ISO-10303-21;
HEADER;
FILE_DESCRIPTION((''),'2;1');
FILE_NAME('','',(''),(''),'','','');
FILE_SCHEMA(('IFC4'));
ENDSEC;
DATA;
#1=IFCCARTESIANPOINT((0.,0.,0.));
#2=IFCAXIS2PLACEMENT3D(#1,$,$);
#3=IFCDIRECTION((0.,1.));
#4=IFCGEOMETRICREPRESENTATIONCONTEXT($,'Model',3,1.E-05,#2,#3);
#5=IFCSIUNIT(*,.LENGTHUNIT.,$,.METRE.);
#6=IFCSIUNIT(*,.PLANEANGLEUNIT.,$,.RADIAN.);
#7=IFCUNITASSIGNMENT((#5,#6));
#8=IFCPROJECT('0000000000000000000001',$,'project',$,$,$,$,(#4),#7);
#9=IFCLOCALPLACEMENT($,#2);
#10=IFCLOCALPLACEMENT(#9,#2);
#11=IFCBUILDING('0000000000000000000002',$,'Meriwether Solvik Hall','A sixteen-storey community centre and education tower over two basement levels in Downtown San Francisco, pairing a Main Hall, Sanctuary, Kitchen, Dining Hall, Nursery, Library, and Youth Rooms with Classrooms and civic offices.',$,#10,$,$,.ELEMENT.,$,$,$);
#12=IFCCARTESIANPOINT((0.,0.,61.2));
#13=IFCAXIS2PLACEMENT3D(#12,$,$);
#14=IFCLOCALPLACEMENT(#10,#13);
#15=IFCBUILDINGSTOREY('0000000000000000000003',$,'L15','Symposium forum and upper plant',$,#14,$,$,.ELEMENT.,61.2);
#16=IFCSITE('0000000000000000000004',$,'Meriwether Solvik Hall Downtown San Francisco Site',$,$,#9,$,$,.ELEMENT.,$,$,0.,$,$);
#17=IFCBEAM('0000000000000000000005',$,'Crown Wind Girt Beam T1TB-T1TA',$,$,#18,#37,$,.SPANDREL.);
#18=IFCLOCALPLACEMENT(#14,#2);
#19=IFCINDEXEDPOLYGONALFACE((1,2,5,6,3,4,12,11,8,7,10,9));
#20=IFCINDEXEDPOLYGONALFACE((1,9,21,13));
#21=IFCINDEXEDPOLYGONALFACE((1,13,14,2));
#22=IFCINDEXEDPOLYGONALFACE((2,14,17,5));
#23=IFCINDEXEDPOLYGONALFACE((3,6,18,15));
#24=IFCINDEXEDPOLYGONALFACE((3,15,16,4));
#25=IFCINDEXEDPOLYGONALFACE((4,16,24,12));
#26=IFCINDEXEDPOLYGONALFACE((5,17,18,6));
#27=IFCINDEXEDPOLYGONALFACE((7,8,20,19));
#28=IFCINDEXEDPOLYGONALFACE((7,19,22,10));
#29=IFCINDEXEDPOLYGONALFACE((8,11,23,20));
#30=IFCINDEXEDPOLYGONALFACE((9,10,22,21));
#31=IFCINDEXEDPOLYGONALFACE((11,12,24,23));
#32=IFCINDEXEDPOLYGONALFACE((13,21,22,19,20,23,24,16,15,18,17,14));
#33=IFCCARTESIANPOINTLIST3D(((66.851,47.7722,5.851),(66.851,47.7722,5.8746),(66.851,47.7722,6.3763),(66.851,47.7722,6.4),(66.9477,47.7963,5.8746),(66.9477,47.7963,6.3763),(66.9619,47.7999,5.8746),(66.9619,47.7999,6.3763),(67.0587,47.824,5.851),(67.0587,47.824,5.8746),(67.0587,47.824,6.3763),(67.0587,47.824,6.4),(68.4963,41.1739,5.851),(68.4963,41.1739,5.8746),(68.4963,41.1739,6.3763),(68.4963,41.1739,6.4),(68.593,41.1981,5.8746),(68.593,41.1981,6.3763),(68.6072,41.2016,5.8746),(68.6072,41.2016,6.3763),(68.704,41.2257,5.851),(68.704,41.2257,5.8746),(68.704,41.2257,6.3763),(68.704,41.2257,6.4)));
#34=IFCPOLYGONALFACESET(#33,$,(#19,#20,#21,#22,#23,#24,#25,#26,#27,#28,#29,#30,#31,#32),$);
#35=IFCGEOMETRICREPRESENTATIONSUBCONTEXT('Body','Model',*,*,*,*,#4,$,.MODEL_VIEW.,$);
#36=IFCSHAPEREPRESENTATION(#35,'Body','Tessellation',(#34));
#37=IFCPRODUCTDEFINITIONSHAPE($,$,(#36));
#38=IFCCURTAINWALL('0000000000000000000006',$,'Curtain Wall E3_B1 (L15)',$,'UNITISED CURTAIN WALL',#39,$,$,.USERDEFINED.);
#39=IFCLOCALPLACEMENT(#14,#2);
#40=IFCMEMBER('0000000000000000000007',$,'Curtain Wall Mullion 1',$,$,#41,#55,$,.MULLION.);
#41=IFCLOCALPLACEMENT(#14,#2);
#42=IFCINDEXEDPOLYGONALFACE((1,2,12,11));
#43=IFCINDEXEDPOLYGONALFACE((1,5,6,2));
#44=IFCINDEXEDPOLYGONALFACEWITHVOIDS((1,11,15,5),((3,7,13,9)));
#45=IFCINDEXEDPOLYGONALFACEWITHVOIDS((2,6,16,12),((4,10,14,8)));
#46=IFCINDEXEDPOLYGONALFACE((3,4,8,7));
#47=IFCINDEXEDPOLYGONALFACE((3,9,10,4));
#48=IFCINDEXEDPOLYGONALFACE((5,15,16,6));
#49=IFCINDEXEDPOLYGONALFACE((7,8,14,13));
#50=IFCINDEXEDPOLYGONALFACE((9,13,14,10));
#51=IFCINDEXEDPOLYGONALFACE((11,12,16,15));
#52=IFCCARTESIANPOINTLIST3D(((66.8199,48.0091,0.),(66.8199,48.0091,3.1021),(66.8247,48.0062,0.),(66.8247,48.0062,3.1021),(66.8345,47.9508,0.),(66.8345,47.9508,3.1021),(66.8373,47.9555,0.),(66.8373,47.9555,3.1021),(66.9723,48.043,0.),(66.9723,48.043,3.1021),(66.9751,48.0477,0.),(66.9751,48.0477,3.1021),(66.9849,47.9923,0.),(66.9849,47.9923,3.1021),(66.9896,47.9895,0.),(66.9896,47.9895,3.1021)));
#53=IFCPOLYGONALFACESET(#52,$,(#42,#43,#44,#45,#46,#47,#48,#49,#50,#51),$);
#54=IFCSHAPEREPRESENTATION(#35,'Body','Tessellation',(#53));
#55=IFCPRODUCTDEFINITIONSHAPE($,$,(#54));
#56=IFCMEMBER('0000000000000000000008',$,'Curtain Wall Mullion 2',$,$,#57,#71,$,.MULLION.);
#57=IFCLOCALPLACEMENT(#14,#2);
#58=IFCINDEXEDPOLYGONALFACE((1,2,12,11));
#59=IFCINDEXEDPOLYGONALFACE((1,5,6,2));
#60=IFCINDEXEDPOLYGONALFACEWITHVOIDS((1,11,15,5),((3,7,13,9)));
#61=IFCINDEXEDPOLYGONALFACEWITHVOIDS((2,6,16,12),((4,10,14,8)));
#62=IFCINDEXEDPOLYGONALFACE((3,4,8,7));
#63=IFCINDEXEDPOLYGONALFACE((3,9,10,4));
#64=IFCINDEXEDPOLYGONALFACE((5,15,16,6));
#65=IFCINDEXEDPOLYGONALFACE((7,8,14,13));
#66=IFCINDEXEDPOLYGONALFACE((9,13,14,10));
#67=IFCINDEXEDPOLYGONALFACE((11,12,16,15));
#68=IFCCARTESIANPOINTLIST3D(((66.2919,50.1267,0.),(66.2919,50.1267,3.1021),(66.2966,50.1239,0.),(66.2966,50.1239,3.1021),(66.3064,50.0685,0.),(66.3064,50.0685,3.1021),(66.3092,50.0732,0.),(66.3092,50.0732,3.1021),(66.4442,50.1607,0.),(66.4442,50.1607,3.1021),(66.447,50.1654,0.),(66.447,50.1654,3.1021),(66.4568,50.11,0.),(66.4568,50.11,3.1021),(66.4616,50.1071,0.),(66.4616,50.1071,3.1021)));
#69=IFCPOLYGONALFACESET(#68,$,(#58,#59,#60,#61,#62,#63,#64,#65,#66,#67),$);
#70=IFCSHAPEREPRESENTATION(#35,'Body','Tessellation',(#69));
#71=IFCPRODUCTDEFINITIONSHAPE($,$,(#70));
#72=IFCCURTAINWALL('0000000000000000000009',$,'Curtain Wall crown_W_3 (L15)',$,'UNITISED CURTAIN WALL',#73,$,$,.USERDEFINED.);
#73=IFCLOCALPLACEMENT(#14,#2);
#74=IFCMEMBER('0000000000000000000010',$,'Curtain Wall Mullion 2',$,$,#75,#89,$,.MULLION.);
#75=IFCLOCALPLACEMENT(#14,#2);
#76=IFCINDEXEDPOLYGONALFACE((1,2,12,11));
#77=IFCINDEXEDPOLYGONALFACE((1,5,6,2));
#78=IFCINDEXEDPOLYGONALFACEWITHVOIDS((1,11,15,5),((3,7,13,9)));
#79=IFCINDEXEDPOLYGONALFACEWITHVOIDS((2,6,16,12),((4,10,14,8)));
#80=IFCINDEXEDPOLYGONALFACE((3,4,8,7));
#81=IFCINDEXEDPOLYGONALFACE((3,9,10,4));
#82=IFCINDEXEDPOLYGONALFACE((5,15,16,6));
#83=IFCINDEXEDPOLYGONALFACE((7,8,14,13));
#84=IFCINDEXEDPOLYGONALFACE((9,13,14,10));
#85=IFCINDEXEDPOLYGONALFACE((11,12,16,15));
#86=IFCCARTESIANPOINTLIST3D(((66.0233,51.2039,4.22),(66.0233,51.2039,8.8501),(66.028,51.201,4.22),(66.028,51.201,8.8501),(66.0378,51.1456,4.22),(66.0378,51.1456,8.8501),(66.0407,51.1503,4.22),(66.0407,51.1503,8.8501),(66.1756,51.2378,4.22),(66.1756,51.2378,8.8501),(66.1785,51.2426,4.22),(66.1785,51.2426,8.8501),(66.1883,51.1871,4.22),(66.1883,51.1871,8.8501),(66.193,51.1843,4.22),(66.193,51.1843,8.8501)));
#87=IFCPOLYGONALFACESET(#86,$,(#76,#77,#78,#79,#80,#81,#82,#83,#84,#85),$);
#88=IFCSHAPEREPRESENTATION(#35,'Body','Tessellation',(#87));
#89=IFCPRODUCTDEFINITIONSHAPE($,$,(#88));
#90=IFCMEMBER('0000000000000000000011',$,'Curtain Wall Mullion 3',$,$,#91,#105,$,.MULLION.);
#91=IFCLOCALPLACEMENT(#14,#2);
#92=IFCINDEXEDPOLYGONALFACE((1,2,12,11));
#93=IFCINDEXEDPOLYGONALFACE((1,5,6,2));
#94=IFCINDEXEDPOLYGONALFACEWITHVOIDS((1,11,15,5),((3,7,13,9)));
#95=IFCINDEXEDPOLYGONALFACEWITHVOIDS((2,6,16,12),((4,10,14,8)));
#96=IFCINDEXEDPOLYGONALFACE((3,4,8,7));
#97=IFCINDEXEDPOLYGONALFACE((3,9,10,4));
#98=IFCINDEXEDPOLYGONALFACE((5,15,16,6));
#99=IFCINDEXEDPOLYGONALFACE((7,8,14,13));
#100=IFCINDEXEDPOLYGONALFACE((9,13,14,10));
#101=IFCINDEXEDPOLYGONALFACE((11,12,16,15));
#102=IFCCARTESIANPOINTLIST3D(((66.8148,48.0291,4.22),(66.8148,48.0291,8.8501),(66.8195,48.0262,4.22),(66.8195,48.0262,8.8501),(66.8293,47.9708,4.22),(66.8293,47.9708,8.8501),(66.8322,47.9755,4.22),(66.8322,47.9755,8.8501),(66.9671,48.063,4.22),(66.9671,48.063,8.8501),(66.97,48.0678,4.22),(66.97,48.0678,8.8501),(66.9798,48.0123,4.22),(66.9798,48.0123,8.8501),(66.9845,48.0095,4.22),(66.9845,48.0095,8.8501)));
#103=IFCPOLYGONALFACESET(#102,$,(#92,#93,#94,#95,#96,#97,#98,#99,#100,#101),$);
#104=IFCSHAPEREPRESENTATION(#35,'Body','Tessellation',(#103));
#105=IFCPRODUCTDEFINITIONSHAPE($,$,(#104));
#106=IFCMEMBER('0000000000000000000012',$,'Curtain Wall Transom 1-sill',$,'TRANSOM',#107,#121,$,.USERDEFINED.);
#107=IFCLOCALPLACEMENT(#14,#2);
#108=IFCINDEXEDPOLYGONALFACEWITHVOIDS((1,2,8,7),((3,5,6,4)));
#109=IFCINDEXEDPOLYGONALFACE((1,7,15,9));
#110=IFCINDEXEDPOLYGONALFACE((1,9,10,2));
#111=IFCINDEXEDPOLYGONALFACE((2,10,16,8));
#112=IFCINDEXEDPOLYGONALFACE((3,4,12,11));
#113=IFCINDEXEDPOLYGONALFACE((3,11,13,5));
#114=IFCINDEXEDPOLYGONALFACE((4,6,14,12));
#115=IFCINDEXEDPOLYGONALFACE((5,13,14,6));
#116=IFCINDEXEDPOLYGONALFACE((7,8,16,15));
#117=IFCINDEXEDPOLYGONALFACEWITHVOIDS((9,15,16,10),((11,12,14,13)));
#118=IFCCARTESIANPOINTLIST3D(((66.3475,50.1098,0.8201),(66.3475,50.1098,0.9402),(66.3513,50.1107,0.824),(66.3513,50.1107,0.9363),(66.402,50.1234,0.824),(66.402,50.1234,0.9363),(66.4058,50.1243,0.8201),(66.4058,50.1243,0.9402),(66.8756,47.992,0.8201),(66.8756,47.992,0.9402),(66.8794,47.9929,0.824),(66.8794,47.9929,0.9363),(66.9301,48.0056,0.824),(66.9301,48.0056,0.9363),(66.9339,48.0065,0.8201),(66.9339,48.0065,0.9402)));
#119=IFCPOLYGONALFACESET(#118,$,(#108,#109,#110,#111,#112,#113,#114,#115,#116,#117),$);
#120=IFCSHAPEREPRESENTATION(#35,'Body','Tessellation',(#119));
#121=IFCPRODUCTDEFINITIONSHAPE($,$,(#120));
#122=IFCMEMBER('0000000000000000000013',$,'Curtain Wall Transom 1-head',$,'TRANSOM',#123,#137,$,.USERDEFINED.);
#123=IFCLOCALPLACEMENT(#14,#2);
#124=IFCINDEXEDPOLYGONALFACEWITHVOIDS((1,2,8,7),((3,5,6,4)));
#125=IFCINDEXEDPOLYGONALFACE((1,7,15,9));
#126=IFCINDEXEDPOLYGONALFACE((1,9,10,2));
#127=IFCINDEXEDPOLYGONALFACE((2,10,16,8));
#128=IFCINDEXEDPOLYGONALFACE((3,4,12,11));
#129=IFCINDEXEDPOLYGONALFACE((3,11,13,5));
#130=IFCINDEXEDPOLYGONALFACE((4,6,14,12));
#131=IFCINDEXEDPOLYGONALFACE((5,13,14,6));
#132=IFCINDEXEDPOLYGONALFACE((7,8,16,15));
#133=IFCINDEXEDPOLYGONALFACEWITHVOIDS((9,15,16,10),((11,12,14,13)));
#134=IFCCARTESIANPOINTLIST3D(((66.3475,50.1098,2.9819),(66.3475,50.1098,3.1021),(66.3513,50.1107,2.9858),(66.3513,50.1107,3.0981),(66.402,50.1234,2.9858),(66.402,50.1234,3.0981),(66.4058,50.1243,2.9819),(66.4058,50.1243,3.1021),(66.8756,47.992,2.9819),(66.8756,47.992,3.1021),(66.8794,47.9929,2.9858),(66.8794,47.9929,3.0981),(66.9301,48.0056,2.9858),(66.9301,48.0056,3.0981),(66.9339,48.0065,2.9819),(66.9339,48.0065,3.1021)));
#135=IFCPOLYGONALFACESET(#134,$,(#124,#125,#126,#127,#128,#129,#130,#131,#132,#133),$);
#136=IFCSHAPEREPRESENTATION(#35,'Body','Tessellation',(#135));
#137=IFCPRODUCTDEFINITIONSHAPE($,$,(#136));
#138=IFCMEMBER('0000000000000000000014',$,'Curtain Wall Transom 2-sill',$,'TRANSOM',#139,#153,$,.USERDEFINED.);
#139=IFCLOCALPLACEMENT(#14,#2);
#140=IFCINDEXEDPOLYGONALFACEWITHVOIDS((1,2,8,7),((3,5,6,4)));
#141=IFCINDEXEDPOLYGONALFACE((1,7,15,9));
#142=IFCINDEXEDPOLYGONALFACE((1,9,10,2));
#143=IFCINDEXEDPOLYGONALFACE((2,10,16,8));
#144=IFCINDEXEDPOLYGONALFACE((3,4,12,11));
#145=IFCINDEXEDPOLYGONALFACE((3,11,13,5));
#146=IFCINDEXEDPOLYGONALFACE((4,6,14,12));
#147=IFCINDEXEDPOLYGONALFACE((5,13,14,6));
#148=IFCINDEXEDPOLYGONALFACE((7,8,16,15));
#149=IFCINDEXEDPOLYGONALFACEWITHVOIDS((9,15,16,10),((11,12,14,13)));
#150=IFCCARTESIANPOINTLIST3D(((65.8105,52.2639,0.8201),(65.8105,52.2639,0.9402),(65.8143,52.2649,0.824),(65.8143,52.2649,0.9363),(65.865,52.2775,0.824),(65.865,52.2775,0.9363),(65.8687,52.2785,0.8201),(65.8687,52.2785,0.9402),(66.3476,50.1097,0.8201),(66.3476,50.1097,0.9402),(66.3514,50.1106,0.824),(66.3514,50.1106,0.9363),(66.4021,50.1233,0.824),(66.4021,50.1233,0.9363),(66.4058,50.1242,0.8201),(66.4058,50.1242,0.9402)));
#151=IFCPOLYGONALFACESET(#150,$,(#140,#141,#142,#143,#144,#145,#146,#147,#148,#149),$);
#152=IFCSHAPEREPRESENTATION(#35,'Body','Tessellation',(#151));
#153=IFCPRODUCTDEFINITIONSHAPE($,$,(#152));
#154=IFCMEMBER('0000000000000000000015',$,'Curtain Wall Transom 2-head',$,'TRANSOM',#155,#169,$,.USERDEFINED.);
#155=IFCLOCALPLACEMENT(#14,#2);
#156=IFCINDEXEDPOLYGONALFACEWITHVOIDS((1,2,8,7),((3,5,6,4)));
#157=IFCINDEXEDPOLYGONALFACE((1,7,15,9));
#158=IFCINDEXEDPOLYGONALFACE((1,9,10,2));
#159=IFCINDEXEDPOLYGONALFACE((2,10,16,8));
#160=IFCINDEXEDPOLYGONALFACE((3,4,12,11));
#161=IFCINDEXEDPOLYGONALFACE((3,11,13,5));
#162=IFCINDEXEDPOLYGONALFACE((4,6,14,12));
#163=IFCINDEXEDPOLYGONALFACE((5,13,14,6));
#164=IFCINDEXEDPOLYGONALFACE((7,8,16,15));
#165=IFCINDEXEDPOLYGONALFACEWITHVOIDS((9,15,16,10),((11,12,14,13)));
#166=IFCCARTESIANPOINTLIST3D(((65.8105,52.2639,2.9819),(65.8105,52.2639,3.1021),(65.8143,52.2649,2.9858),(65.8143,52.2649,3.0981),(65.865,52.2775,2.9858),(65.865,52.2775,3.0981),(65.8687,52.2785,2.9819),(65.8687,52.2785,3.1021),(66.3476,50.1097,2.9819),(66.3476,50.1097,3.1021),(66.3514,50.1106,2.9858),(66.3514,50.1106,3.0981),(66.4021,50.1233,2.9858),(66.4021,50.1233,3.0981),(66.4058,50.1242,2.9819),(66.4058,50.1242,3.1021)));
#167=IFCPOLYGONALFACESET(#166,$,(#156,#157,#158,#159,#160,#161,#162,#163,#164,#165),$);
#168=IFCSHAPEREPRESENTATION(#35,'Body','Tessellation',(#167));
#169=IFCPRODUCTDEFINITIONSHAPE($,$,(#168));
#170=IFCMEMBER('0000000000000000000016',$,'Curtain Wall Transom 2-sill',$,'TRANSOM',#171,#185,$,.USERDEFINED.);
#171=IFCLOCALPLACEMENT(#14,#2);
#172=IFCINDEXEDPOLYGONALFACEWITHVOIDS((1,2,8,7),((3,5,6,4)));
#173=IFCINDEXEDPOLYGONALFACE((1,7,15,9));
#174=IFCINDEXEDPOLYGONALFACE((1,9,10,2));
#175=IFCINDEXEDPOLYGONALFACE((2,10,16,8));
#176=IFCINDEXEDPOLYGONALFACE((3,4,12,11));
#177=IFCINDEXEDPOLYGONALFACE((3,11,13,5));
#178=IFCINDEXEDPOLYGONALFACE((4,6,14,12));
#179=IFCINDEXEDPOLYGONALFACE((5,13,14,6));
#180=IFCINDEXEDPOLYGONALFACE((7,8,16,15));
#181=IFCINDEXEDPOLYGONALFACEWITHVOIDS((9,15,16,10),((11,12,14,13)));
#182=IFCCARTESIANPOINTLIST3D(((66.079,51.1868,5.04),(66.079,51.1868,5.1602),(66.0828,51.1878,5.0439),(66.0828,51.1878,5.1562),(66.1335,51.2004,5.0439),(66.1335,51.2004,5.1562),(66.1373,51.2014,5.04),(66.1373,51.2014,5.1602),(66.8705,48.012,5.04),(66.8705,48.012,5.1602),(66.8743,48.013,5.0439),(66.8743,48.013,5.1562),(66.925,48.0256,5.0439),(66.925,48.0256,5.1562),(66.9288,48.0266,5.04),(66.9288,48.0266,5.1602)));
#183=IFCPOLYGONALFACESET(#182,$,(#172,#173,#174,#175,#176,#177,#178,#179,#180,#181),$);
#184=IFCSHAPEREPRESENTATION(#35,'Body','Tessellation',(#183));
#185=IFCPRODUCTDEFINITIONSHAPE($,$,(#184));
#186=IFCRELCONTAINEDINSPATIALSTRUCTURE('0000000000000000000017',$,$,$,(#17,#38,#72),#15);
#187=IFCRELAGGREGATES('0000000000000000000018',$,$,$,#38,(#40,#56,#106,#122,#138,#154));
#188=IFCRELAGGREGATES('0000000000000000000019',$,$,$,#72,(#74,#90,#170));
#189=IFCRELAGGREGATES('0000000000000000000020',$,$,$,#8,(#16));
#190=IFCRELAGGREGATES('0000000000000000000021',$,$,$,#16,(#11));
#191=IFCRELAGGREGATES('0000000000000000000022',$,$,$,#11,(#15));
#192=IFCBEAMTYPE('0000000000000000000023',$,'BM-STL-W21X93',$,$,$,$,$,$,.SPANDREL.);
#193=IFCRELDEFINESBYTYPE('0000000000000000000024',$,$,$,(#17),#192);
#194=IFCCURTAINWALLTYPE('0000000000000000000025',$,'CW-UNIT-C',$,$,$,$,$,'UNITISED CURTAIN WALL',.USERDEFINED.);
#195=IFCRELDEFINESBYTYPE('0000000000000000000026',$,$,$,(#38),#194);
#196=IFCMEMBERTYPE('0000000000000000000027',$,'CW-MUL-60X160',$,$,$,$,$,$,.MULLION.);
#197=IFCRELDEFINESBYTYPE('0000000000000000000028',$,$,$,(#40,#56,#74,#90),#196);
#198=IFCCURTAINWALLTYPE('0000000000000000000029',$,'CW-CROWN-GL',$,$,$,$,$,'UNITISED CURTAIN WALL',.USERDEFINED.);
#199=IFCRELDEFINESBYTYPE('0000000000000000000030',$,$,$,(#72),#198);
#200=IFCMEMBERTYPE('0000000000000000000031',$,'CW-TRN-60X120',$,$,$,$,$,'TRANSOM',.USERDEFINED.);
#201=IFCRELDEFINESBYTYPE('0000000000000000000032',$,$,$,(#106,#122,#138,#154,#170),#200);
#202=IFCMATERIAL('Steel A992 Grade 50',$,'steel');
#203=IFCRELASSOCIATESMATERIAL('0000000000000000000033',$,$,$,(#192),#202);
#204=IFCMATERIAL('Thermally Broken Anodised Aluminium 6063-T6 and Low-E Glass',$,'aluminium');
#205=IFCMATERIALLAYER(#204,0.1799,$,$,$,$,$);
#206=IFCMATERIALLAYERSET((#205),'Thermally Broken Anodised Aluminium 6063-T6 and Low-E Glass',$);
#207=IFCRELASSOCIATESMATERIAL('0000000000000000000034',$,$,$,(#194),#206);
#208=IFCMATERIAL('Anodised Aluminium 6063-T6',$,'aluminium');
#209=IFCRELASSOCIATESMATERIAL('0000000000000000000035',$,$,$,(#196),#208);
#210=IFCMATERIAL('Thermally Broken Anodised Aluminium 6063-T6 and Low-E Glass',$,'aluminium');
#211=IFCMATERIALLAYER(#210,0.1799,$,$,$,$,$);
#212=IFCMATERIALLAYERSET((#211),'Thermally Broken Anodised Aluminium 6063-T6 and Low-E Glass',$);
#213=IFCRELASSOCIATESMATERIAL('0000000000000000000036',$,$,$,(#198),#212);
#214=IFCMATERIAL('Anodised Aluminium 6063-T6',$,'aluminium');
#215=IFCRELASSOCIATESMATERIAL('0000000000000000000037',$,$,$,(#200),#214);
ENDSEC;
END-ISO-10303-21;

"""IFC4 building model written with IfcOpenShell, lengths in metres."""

from ifc_helpers import new_model, si_unit, direction, frame, origin, origin_2d, place, context, subcontext, project, spatial, hollow_rectangle, i_section, extrude, material, layer, layer_set, material_profile, profile_set, type_object, element, aggregate, save


model = new_model("IFC4")

# Units and contexts
model_context = context("Model", 3, precision=1e-05, world=origin(), true_north=direction((0.0, 1.0)))
body_context = subcontext(model_context, "Body", "Model", "MODEL_VIEW")
ifc_project = project(units=[si_unit("LENGTHUNIT", "METRE"), si_unit("PLANEANGLEUNIT", "RADIAN")], contexts=[model_context])

# Site, building, storey
site_placement = place(None, origin())
site = spatial("IfcSite", under=ifc_project, at=site_placement, Name="Meriwether Solvik Hall Downtown San Francisco Site", CompositionType="ELEMENT", RefElevation=0.0)
building_placement = place(site_placement, origin())
building = spatial("IfcBuilding", under=site, at=building_placement, Name="Meriwether Solvik Hall", Description="A sixteen-storey community centre and education tower over two basement levels in Downtown San Francisco, pairing a Main Hall, Sanctuary, Kitchen, Dining Hall, Nursery, Library, and Youth Rooms with Classrooms and civic offices.", CompositionType="ELEMENT")
storey_placement = place(building_placement, frame((0.0, 0.0, 61.2)))
storey = spatial("IfcBuildingStorey", under=building, at=storey_placement, Name="L15", Description="Symposium forum and upper plant", CompositionType="ELEMENT", Elevation=61.2)

# Beam
ifc_material_1 = material(Name="Steel A992 Grade 50", Category="steel")
ifc_material_profile_1 = material_profile(ifc_material_1, i_section(OverallWidth=0.2141, OverallDepth=0.5491, WebThickness=0.0146, FlangeThickness=0.0237, at=origin_2d()), Name="W21X93")
ifc_profile_set_1 = profile_set([ifc_material_profile_1], Name="Steel A992 Grade 50")
beam_type_1 = type_object("IfcBeamType", Name="BM-STL-W21X93", PredefinedType="SPANDREL", material=ifc_profile_set_1)
beam_1_placement = place(storey_placement, frame((66.9548, 47.7981, 6.1255), z_axis=(0.241944, -0.97029, 0.0), x_axis=(0.97029, 0.241944, 0.0)))
element("IfcBeam", 1, at=beam_1_placement, inside=storey, type_object=beam_type_1, Name="Crown Wind Girt Beam T1TB-T1TA", PredefinedType="SPANDREL", context=body_context, shape_type="SweptSolid", body=[
    extrude(i_section(OverallWidth=0.2141, OverallDepth=0.5491, WebThickness=0.0146, FlangeThickness=0.0237, at=origin_2d()), origin(), (0.0, 0.0, 1.0), 6.8003),
])

# Curtain walls, members
ifc_material_2 = material(Name="Thermally Broken Anodised Aluminium 6063-T6 and Low-E Glass", Category="aluminium")
ifc_layer_1 = layer(ifc_material_2, 0.1799)
ifc_layer_set_1 = layer_set([ifc_layer_1], Name="Thermally Broken Anodised Aluminium 6063-T6 and Low-E Glass")
curtain_wall_type_1 = type_object("IfcCurtainWallType", Name="CW-UNIT-C", ElementType="UNITISED CURTAIN WALL", PredefinedType="USERDEFINED", material=ifc_layer_set_1)
curtain_wall_1_placement = place(storey_placement, origin())
curtain_wall_1 = element("IfcCurtainWall", 2, at=curtain_wall_1_placement, inside=storey, type_object=curtain_wall_type_1, Name="Curtain Wall E3_B1 (L15)", ObjectType="UNITISED CURTAIN WALL", PredefinedType="USERDEFINED")
ifc_material_3 = material(Name="Anodised Aluminium 6063-T6", Category="aluminium")
ifc_material_profile_2 = material_profile(ifc_material_3, hollow_rectangle(XDim=0.0601, YDim=0.1599, WallThickness=0.0039, at=origin_2d()), Name="CWM-60X160")
ifc_profile_set_2 = profile_set([ifc_material_profile_2], Name="Anodised Aluminium 6063-T6")
member_type_1 = type_object("IfcMemberType", Name="CW-MUL-60X160", PredefinedType="MULLION", material=ifc_profile_set_2)
member_1_placement = place(storey_placement, frame((66.9048, 47.9993, 0.0), z_axis=(0.0, 0.0, 1.0), x_axis=(-0.241922, 0.970296, 0.0)))
member_1 = element("IfcMember", 3, at=member_1_placement, type_object=member_type_1, Name="Curtain Wall Mullion 1", PredefinedType="MULLION", context=body_context, shape_type="SweptSolid", body=[
    extrude(hollow_rectangle(XDim=0.0601, YDim=0.1599, WallThickness=0.0039, at=origin_2d()), origin(), (0.0, 0.0, 1.0), 3.1021),
])
member_2_placement = place(storey_placement, frame((66.3767, 50.1169, 0.0), z_axis=(0.0, 0.0, 1.0), x_axis=(-0.241922, 0.970296, 0.0)))
member_2 = element("IfcMember", 4, at=member_2_placement, type_object=member_type_1, Name="Curtain Wall Mullion 2", PredefinedType="MULLION", context=body_context, shape_type="SweptSolid", body=[
    extrude(hollow_rectangle(XDim=0.0601, YDim=0.1599, WallThickness=0.0039, at=origin_2d()), origin(), (0.0, 0.0, 1.0), 3.1021),
])
ifc_material_4 = material(Name="Thermally Broken Anodised Aluminium 6063-T6 and Low-E Glass", Category="aluminium")
ifc_layer_2 = layer(ifc_material_4, 0.1799)
ifc_layer_set_2 = layer_set([ifc_layer_2], Name="Thermally Broken Anodised Aluminium 6063-T6 and Low-E Glass")
curtain_wall_type_2 = type_object("IfcCurtainWallType", Name="CW-CROWN-GL", ElementType="UNITISED CURTAIN WALL", PredefinedType="USERDEFINED", material=ifc_layer_set_2)
curtain_wall_2_placement = place(storey_placement, origin())
curtain_wall_2 = element("IfcCurtainWall", 5, at=curtain_wall_2_placement, inside=storey, type_object=curtain_wall_type_2, Name="Curtain Wall crown_W_3 (L15)", ObjectType="UNITISED CURTAIN WALL", PredefinedType="USERDEFINED")
member_3_placement = place(storey_placement, frame((66.1082, 51.1941, 4.22), z_axis=(0.0, 0.0, 1.0), x_axis=(0.241923, -0.970295, 0.0)))
member_3 = element("IfcMember", 6, at=member_3_placement, type_object=member_type_1, Name="Curtain Wall Mullion 2", PredefinedType="MULLION", context=body_context, shape_type="SweptSolid", body=[
    extrude(hollow_rectangle(XDim=0.0601, YDim=0.1599, WallThickness=0.0039, at=origin_2d()), origin(), (0.0, 0.0, 1.0), 4.6301),
])
member_4_placement = place(storey_placement, frame((66.8997, 48.0193, 4.22), z_axis=(0.0, 0.0, 1.0), x_axis=(0.241923, -0.970295, 0.0)))
member_4 = element("IfcMember", 7, at=member_4_placement, type_object=member_type_1, Name="Curtain Wall Mullion 3", PredefinedType="MULLION", context=body_context, shape_type="SweptSolid", body=[
    extrude(hollow_rectangle(XDim=0.0601, YDim=0.1599, WallThickness=0.0039, at=origin_2d()), origin(), (0.0, 0.0, 1.0), 4.6301),
])

# Members
ifc_material_5 = material(Name="Anodised Aluminium 6063-T6", Category="aluminium")
ifc_material_profile_3 = material_profile(ifc_material_5, hollow_rectangle(XDim=0.0601, YDim=0.1201, WallThickness=0.0039, at=origin_2d()), Name="CWT-60X120")
ifc_profile_set_3 = profile_set([ifc_material_profile_3], Name="Anodised Aluminium 6063-T6")
member_type_2 = type_object("IfcMemberType", Name="CW-TRN-60X120", ElementType="TRANSOM", PredefinedType="USERDEFINED", material=ifc_profile_set_3)
member_5_placement = place(storey_placement, frame((66.9048, 47.9993, 0.8801), z_axis=(-0.241957, 0.970287, 0.0), x_axis=(-0.970287, -0.241957, 0.0)))
member_5 = element("IfcMember", 8, at=member_5_placement, type_object=member_type_2, Name="Curtain Wall Transom 1-sill", ObjectType="TRANSOM", PredefinedType="USERDEFINED", context=body_context, shape_type="SweptSolid", body=[
    extrude(hollow_rectangle(XDim=0.0601, YDim=0.1201, WallThickness=0.0039, at=origin_2d()), origin(), (0.0, 0.0, 1.0), 2.1826),
])
member_6_placement = place(storey_placement, frame((66.9048, 47.9993, 3.042), z_axis=(-0.241957, 0.970287, 0.0), x_axis=(-0.970287, -0.241957, 0.0)))
member_6 = element("IfcMember", 9, at=member_6_placement, type_object=member_type_2, Name="Curtain Wall Transom 1-head", ObjectType="TRANSOM", PredefinedType="USERDEFINED", context=body_context, shape_type="SweptSolid", body=[
    extrude(hollow_rectangle(XDim=0.0601, YDim=0.1201, WallThickness=0.0039, at=origin_2d()), origin(), (0.0, 0.0, 1.0), 2.1826),
])
member_7_placement = place(storey_placement, frame((66.3767, 50.1169, 0.8801), z_axis=(-0.241915, 0.970298, 0.0), x_axis=(-0.970298, -0.241915, 0.0)))
member_7 = element("IfcMember", 10, at=member_7_placement, type_object=member_type_2, Name="Curtain Wall Transom 2-sill", ObjectType="TRANSOM", PredefinedType="USERDEFINED", context=body_context, shape_type="SweptSolid", body=[
    extrude(hollow_rectangle(XDim=0.0601, YDim=0.1201, WallThickness=0.0039, at=origin_2d()), origin(), (0.0, 0.0, 1.0), 2.2202),
])
member_8_placement = place(storey_placement, frame((66.3767, 50.1169, 3.042), z_axis=(-0.241915, 0.970298, 0.0), x_axis=(-0.970298, -0.241915, 0.0)))
member_8 = element("IfcMember", 11, at=member_8_placement, type_object=member_type_2, Name="Curtain Wall Transom 2-head", ObjectType="TRANSOM", PredefinedType="USERDEFINED", context=body_context, shape_type="SweptSolid", body=[
    extrude(hollow_rectangle(XDim=0.0601, YDim=0.1201, WallThickness=0.0039, at=origin_2d()), origin(), (0.0, 0.0, 1.0), 2.2202),
])
member_9_placement = place(storey_placement, frame((66.1082, 51.1941, 5.1001), z_axis=(0.241904, -0.9703, 0.0), x_axis=(0.9703, 0.241904, 0.0)))
member_9 = element("IfcMember", 12, at=member_9_placement, type_object=member_type_2, Name="Curtain Wall Transom 2-sill", ObjectType="TRANSOM", PredefinedType="USERDEFINED", context=body_context, shape_type="SweptSolid", body=[
    extrude(hollow_rectangle(XDim=0.0601, YDim=0.1201, WallThickness=0.0039, at=origin_2d()), origin(), (0.0, 0.0, 1.0), 3.272),
])

aggregate(curtain_wall_1, [member_1, member_2, member_5, member_6, member_7, member_8])
aggregate(curtain_wall_2, [member_3, member_4, member_9])

save(model, "model.ifc")
